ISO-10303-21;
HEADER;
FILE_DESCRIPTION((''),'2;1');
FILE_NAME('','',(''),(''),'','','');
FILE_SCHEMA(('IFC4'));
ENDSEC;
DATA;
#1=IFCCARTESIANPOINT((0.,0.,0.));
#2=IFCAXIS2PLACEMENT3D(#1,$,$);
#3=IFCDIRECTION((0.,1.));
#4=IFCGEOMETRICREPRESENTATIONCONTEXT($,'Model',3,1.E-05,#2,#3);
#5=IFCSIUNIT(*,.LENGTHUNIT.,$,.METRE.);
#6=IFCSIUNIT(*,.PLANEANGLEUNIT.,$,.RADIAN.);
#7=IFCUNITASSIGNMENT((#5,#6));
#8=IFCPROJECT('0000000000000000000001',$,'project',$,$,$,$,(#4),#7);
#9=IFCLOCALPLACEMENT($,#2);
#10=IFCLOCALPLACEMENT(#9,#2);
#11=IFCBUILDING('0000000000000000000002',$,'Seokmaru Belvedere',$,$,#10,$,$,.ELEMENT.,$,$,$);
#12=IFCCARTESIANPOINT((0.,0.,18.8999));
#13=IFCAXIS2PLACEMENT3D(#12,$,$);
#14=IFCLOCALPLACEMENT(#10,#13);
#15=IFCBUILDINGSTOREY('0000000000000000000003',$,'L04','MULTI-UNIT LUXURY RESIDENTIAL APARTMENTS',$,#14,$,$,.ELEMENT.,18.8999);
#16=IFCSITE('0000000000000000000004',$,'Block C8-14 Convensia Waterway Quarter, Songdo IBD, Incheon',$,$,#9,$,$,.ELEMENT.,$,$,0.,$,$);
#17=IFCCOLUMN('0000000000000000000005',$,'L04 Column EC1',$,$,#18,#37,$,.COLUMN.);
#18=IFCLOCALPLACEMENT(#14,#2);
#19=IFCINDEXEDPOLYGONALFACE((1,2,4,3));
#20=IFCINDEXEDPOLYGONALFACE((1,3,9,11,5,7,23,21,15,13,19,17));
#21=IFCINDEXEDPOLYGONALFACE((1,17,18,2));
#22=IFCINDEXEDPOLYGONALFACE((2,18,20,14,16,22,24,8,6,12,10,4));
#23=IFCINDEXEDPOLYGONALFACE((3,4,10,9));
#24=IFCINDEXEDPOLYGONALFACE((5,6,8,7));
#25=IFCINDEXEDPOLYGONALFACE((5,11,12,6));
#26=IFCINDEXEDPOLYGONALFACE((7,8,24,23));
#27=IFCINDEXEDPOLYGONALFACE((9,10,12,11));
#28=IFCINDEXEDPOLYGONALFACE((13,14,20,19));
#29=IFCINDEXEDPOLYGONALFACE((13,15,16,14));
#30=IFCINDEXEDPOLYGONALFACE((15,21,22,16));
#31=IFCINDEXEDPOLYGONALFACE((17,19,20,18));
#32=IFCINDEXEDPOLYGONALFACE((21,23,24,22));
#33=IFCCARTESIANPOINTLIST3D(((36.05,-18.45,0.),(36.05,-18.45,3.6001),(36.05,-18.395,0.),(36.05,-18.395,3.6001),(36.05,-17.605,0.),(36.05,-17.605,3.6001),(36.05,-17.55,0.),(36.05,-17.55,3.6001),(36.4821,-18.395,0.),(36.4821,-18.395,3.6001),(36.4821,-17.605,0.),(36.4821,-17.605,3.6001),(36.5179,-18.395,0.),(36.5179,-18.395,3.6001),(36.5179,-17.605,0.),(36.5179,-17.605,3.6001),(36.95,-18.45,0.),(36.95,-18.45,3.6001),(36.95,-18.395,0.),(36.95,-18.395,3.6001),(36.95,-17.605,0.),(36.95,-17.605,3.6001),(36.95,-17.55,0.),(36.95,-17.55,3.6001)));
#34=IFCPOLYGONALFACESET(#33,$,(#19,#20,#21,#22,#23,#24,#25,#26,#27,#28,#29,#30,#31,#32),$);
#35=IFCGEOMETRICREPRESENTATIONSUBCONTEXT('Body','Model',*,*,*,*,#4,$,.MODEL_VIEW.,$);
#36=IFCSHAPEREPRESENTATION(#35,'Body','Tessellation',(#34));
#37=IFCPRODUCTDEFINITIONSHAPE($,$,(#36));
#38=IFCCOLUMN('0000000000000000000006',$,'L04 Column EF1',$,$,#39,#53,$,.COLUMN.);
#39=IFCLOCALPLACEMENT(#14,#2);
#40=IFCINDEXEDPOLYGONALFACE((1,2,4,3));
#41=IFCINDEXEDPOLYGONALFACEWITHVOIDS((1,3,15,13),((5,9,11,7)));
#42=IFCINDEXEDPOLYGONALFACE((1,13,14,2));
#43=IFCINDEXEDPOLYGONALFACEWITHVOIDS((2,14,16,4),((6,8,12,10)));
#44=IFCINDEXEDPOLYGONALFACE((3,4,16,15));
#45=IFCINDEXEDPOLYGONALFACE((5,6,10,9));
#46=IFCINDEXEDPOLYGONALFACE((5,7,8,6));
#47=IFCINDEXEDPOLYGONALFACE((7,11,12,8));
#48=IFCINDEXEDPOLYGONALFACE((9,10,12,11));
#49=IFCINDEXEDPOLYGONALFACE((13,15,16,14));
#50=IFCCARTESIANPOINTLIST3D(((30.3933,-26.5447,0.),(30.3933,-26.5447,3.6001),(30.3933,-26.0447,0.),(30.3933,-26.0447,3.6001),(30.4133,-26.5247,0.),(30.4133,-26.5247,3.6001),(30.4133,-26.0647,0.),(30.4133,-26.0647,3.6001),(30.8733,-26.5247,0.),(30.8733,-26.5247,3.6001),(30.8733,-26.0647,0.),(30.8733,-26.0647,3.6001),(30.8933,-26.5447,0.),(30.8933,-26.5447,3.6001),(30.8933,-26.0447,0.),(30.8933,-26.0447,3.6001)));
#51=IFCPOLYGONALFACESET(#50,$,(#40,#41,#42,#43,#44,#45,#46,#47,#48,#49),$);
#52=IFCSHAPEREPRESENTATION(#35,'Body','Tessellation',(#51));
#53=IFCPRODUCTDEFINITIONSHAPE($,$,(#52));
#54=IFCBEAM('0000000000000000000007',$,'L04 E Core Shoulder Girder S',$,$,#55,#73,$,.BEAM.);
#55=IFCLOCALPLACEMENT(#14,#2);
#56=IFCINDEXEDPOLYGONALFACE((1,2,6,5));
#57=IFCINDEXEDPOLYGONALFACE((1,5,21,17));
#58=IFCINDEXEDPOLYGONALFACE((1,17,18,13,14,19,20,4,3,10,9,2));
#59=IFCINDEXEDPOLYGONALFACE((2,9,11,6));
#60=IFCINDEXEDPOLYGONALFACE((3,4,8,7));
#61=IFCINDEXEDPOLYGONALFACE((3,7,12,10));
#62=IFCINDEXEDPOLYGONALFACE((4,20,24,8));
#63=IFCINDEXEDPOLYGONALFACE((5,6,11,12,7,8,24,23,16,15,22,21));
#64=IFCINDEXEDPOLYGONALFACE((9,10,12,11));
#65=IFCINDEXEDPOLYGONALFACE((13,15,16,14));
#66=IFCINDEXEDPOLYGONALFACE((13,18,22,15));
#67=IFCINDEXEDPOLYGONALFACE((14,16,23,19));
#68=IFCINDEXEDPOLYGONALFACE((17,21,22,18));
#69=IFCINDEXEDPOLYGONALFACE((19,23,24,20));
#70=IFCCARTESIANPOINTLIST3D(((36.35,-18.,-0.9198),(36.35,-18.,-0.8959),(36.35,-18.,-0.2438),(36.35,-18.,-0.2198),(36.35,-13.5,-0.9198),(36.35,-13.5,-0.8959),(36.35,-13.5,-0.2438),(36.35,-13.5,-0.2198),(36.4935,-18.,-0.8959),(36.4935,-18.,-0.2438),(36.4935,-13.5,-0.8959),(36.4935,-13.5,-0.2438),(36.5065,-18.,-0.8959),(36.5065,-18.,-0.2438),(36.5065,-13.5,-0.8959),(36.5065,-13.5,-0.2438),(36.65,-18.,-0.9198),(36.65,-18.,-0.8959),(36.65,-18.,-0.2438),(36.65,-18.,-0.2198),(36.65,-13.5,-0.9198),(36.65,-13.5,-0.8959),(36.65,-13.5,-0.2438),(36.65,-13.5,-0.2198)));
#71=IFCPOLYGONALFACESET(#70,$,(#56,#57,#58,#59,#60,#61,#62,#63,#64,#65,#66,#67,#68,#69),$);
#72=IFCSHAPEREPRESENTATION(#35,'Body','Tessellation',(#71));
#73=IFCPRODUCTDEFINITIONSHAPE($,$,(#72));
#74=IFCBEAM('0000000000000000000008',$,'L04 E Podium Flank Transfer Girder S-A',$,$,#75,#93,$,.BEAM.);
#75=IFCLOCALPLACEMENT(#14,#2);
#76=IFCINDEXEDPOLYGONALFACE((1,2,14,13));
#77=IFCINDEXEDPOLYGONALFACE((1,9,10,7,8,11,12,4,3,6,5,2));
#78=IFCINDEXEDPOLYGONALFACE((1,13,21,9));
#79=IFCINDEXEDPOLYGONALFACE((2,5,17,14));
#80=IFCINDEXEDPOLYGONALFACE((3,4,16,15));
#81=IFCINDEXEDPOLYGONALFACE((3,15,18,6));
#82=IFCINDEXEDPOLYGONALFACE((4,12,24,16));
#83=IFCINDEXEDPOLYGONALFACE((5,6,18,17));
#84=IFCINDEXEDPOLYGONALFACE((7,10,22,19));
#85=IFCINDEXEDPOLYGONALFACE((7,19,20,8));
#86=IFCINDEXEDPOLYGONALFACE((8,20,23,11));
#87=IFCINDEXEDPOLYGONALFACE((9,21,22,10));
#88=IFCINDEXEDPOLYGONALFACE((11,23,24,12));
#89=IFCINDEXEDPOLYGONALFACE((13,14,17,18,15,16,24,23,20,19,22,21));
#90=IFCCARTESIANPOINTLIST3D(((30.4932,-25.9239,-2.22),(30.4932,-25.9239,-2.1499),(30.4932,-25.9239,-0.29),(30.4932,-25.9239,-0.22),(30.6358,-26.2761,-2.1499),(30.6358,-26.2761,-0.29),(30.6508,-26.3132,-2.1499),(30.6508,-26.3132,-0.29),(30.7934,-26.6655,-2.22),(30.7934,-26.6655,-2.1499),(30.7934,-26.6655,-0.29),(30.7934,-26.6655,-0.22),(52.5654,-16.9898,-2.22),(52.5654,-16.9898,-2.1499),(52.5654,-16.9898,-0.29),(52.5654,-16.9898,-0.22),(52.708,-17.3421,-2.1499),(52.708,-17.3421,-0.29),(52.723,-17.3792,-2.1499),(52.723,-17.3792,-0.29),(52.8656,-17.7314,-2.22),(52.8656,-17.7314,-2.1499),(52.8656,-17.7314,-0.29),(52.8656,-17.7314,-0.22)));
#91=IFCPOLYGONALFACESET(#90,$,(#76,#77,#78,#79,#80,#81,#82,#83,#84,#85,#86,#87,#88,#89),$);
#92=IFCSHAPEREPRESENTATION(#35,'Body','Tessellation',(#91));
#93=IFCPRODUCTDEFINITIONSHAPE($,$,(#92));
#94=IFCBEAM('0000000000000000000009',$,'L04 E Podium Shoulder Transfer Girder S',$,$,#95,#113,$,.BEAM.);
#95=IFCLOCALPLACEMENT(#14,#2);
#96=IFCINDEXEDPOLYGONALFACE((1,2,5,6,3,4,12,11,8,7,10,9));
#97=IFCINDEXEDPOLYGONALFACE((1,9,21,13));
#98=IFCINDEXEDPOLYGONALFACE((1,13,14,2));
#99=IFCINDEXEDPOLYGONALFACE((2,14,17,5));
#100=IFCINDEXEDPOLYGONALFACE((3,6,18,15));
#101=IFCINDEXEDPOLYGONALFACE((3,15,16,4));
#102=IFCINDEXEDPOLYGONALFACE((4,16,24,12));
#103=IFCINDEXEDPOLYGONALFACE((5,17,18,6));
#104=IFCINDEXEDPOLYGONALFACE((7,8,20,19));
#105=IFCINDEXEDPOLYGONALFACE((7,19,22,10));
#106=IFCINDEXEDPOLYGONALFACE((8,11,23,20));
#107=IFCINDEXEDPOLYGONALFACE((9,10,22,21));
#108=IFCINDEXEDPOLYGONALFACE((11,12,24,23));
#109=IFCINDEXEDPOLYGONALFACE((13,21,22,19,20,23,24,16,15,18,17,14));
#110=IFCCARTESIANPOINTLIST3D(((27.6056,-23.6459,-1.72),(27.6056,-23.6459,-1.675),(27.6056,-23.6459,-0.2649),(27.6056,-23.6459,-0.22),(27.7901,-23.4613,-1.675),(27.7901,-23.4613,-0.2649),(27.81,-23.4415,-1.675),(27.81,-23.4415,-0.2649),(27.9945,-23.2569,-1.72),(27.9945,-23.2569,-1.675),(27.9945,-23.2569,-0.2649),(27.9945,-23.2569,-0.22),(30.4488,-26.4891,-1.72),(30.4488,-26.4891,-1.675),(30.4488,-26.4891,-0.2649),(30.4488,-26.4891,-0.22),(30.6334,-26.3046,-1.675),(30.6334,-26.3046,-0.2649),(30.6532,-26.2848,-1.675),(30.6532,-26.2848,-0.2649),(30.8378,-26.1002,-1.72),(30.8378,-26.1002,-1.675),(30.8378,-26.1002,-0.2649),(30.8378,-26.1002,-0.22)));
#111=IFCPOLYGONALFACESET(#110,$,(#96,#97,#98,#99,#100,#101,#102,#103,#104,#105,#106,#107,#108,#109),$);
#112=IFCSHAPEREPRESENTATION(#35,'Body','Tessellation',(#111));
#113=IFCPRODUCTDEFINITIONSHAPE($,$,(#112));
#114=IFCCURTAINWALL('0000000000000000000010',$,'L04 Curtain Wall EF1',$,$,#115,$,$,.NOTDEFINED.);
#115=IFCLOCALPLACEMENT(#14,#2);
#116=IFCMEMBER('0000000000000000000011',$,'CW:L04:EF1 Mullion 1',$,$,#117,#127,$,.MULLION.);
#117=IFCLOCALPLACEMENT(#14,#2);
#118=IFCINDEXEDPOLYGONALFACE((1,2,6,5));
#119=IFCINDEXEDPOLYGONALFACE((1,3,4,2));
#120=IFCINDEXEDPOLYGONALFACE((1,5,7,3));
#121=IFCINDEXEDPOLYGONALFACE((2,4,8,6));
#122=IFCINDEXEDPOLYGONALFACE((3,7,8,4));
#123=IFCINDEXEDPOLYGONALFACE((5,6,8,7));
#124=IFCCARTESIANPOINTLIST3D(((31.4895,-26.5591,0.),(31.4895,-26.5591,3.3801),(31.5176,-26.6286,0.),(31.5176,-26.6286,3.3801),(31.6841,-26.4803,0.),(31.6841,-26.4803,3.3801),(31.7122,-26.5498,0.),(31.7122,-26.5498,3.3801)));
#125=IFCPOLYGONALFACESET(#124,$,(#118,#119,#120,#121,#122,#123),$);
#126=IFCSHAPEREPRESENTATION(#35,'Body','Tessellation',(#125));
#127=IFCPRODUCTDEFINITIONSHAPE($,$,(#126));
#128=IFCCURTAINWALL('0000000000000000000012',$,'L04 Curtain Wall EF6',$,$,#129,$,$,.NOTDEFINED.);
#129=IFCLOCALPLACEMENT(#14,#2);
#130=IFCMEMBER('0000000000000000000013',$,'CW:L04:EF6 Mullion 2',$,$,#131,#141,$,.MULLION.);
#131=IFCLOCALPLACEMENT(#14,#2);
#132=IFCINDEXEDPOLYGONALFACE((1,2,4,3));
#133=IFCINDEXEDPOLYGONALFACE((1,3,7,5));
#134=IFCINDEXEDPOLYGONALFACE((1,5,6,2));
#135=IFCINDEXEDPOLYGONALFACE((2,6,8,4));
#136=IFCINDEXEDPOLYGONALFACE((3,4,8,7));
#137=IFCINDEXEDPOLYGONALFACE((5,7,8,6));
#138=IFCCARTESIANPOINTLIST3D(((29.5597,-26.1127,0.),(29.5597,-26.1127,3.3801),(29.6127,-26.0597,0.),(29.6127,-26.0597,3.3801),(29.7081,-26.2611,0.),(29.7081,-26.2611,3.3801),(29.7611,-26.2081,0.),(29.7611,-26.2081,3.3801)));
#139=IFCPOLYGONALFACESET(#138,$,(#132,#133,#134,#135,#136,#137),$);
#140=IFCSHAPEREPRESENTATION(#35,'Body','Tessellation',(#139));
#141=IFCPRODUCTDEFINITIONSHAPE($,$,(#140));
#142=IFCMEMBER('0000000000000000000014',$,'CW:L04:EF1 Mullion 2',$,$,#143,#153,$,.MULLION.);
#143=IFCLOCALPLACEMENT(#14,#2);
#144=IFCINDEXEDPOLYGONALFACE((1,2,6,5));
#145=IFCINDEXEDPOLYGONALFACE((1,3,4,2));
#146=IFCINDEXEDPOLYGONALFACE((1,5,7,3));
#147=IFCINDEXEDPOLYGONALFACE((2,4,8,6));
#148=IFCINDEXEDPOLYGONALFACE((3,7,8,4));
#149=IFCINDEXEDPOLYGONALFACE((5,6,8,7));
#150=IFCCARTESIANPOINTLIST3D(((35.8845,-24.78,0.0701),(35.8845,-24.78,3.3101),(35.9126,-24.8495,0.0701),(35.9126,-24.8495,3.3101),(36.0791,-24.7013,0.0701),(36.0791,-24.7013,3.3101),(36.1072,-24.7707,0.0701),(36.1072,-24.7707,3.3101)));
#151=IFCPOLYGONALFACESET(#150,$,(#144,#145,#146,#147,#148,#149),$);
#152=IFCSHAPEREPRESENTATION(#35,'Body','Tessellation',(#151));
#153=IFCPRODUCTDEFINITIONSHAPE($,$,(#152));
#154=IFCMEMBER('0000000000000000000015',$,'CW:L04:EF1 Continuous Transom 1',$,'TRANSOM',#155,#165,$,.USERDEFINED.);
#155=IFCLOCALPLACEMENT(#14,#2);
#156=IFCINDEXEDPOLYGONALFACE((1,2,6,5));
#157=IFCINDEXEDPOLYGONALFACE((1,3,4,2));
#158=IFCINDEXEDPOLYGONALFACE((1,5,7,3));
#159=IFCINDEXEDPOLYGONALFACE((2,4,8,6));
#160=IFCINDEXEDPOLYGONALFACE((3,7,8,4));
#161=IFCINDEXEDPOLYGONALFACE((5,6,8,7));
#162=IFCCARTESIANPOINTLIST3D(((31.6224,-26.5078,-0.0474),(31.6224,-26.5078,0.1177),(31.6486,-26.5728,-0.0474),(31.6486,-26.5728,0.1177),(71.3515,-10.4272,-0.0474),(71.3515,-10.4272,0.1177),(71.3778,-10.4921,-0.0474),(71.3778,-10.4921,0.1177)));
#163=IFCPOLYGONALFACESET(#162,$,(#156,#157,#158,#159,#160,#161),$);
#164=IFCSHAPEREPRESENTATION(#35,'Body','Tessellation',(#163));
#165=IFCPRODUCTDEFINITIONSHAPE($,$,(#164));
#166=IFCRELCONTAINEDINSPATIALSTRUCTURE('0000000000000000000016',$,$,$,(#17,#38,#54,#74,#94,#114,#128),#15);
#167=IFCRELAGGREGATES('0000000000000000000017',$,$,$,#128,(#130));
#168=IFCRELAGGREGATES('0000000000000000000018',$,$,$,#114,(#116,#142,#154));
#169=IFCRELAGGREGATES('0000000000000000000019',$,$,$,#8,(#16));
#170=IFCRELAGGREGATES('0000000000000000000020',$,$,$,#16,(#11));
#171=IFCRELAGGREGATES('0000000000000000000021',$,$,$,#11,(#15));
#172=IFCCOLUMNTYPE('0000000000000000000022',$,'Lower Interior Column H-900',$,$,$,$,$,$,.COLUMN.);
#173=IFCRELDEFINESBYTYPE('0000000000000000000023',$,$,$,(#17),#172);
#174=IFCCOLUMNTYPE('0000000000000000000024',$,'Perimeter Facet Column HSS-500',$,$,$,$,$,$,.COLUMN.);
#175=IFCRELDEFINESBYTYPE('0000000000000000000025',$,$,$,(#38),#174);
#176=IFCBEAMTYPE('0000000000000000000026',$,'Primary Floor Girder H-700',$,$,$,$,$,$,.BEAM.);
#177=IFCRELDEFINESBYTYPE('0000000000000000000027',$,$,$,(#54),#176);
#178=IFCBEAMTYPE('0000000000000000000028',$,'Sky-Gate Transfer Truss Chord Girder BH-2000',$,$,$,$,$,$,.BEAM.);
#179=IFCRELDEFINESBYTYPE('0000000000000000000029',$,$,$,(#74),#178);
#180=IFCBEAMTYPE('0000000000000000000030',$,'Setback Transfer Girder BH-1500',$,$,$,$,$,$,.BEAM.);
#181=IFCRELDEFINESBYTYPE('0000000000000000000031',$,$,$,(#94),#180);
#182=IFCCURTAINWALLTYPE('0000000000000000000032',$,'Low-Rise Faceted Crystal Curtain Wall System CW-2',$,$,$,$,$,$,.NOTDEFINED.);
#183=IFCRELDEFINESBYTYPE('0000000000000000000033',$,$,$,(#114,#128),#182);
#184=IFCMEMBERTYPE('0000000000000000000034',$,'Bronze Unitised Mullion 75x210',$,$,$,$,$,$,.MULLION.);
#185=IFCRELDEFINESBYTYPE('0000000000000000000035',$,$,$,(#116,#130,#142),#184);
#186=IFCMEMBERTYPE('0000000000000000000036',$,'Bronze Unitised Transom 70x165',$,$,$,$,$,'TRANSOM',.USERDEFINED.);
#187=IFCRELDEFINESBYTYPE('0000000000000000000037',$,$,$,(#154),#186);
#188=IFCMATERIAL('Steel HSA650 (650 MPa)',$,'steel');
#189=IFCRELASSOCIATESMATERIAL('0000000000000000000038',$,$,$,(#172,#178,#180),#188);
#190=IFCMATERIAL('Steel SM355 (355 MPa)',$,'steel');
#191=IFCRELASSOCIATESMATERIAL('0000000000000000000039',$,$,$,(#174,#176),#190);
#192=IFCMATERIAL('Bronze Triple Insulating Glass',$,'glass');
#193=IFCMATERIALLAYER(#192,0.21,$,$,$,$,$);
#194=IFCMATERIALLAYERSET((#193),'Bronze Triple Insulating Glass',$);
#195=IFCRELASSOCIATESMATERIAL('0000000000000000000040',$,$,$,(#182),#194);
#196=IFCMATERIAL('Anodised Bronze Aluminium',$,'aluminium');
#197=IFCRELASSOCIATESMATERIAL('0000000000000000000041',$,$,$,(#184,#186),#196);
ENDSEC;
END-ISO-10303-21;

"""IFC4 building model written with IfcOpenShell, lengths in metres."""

from ifc_helpers import new_model, si_unit, direction, frame, origin, origin_2d, place, context, subcontext, project, spatial, rectangle, hollow_rectangle, i_section, extrude, source, transform, mapped, material, layer, layer_set, material_profile, profile_set, type_object, type_shapes, element, aggregate, save


model = new_model("IFC4")

# Units and contexts
model_context = context("Model", 3, precision=1e-05, world=origin(), true_north=direction((0.0, 1.0)))
body_context = subcontext(model_context, "Body", "Model", "MODEL_VIEW")
ifc_project = project(units=[si_unit("LENGTHUNIT", "METRE"), si_unit("PLANEANGLEUNIT", "RADIAN")], contexts=[model_context])

# Site, building, storey
site_placement = place(None, origin())
site = spatial("IfcSite", under=ifc_project, at=site_placement, Name="Block C8-14 Convensia Waterway Quarter, Songdo IBD, Incheon", CompositionType="ELEMENT", RefElevation=0.0)
building_placement = place(site_placement, origin())
building = spatial("IfcBuilding", under=site, at=building_placement, Name="Seokmaru Belvedere", CompositionType="ELEMENT")
storey_placement = place(building_placement, frame((0.0, 0.0, 18.8999)))
storey = spatial("IfcBuildingStorey", under=building, at=storey_placement, Name="L04", Description="MULTI-UNIT LUXURY RESIDENTIAL APARTMENTS", CompositionType="ELEMENT", Elevation=18.8999)

# Columns
ifc_material_1 = material(Name="Steel HSA650 (650 MPa)", Category="steel")
ifc_material_profile_1 = material_profile(ifc_material_1, i_section(OverallWidth=0.8999, OverallDepth=0.8999, WebThickness=0.0359, FlangeThickness=0.0549, at=origin_2d()), Name="H-900x900x36x55")
ifc_profile_set_1 = profile_set([ifc_material_profile_1], Name="Steel HSA650 (650 MPa)")
column_type_1 = type_object("IfcColumnType", Name="Lower Interior Column H-900", PredefinedType="COLUMN", material=ifc_profile_set_1)
shared_shape_1 = source(origin(), body_context, "Body", "SweptSolid", [
    extrude(i_section(OverallWidth=0.8999, OverallDepth=0.8999, WebThickness=0.0359, FlangeThickness=0.0549, at=origin_2d()), origin(), (0.0, 0.0, 1.0), 3.6001),
])
type_shapes(column_type_1, [shared_shape_1])
column_1_placement = place(storey_placement, frame((36.5, -18.0, 0.0), z_axis=(0.0, 0.0, 1.0), x_axis=(1.0, 0.0, 0.0)))
element("IfcColumn", 1, at=column_1_placement, inside=storey, type_object=column_type_1, Name="L04 Column EC1", PredefinedType="COLUMN", context=body_context, shape_type="MappedRepresentation", body=[
    mapped(shared_shape_1, transform((0.0, 0.0, 0.0), scale=1.0)),
])
ifc_material_2 = material(Name="Steel SM355 (355 MPa)", Category="steel")
ifc_material_profile_2 = material_profile(ifc_material_2, hollow_rectangle(XDim=0.5, YDim=0.5, WallThickness=0.02, at=origin_2d()), Name="HSS-500x500x20")
ifc_profile_set_2 = profile_set([ifc_material_profile_2], Name="Steel SM355 (355 MPa)")
column_type_2 = type_object("IfcColumnType", Name="Perimeter Facet Column HSS-500", PredefinedType="COLUMN", material=ifc_profile_set_2)
shared_shape_2 = source(origin(), body_context, "Body", "SweptSolid", [
    extrude(hollow_rectangle(XDim=0.5, YDim=0.5, WallThickness=0.02, at=origin_2d()), origin(), (0.0, 0.0, 1.0), 3.6001),
])
type_shapes(column_type_2, [shared_shape_2])
column_2_placement = place(storey_placement, frame((30.6433, -26.2947, 0.0), z_axis=(0.0, 0.0, 1.0), x_axis=(1.0, 0.0, 0.0)))
element("IfcColumn", 2, at=column_2_placement, inside=storey, type_object=column_type_2, Name="L04 Column EF1", PredefinedType="COLUMN", context=body_context, shape_type="MappedRepresentation", body=[
    mapped(shared_shape_2, transform((0.0, 0.0, 0.0), scale=1.0)),
])

# Beams
ifc_material_profile_3 = material_profile(ifc_material_2, i_section(OverallWidth=0.3, OverallDepth=0.7, WebThickness=0.0129, FlangeThickness=0.0239, at=origin_2d()), Name="H-700x300x13x24")
ifc_profile_set_3 = profile_set([ifc_material_profile_3], Name="Steel SM355 (355 MPa)")
beam_type_1 = type_object("IfcBeamType", Name="Primary Floor Girder H-700", PredefinedType="BEAM", material=ifc_profile_set_3)
shared_shape_3 = source(origin(), body_context, "Body", "SweptSolid", [
    extrude(i_section(OverallWidth=0.3, OverallDepth=0.7, WebThickness=0.0129, FlangeThickness=0.0239, at=origin_2d()), origin(), (0.0, 0.0, 1.0), 4.5),
])
type_shapes(beam_type_1, [shared_shape_3])
beam_1_placement = place(storey_placement, frame((36.5, -18.0, -0.5698), z_axis=(0.0, 1.0, 0.0), x_axis=(-1.0, 0.0, 0.0)))
element("IfcBeam", 3, at=beam_1_placement, inside=storey, type_object=beam_type_1, Name="L04 E Core Shoulder Girder S", PredefinedType="BEAM", context=body_context, shape_type="MappedRepresentation", body=[
    mapped(shared_shape_3, transform((0.0, 0.0, 0.0), scale=1.0)),
])
ifc_material_profile_4 = material_profile(ifc_material_1, i_section(OverallWidth=0.8, OverallDepth=2.0, WebThickness=0.04, FlangeThickness=0.0701, at=origin_2d()), Name="BH-2000x800x40x70")
ifc_profile_set_4 = profile_set([ifc_material_profile_4], Name="Steel HSA650 (650 MPa)")
beam_type_2 = type_object("IfcBeamType", Name="Sky-Gate Transfer Truss Chord Girder BH-2000", PredefinedType="BEAM", material=ifc_profile_set_4)
shared_shape_4 = source(origin(), body_context, "Body", "SweptSolid", [
    extrude(i_section(OverallWidth=0.8, OverallDepth=2.0, WebThickness=0.04, FlangeThickness=0.0701, at=origin_2d()), origin(), (0.0, 0.0, 1.0), 23.8118),
])
type_shapes(beam_type_2, [shared_shape_4])
beam_2_placement = place(storey_placement, frame((30.6433, -26.2947, -1.22), z_axis=(0.926946, 0.375195, 0.0), x_axis=(-0.375195, 0.926946, 0.0)))
element("IfcBeam", 4, at=beam_2_placement, inside=storey, type_object=beam_type_2, Name="L04 E Podium Flank Transfer Girder S-A", PredefinedType="BEAM", context=body_context, shape_type="MappedRepresentation", body=[
    mapped(shared_shape_4, transform((0.0, 0.0, 0.0), scale=1.0)),
])
ifc_material_profile_5 = material_profile(ifc_material_1, i_section(OverallWidth=0.55, OverallDepth=1.5, WebThickness=0.0281, FlangeThickness=0.0449, at=origin_2d()), Name="BH-1500x550x28x45")
ifc_profile_set_5 = profile_set([ifc_material_profile_5], Name="Steel HSA650 (650 MPa)")
beam_type_3 = type_object("IfcBeamType", Name="Setback Transfer Girder BH-1500", PredefinedType="BEAM", material=ifc_profile_set_5)
shared_shape_5 = source(origin(), body_context, "Body", "SweptSolid", [
    extrude(i_section(OverallWidth=0.55, OverallDepth=1.5, WebThickness=0.0281, FlangeThickness=0.0449, at=origin_2d()), origin(), (0.0, 0.0, 1.0), 4.021),
])
type_shapes(beam_type_3, [shared_shape_5])
beam_3_placement = place(storey_placement, frame((30.6433, -26.2947, -0.97), z_axis=(-0.707107, 0.707107, 0.0), x_axis=(-0.707107, -0.707107, 0.0)))
element("IfcBeam", 5, at=beam_3_placement, inside=storey, type_object=beam_type_3, Name="L04 E Podium Shoulder Transfer Girder S", PredefinedType="BEAM", context=body_context, shape_type="MappedRepresentation", body=[
    mapped(shared_shape_5, transform((0.0, 0.0, 0.0), scale=1.0)),
])

# Curtain walls, members
ifc_material_3 = material(Name="Bronze Triple Insulating Glass", Category="glass")
ifc_layer_1 = layer(ifc_material_3, 0.21)
ifc_layer_set_1 = layer_set([ifc_layer_1], Name="Bronze Triple Insulating Glass")
curtain_wall_type = type_object("IfcCurtainWallType", Name="Low-Rise Faceted Crystal Curtain Wall System CW-2", PredefinedType="NOTDEFINED", material=ifc_layer_set_1)
curtain_wall_1_placement = place(storey_placement, origin())
curtain_wall_1 = element("IfcCurtainWall", 6, at=curtain_wall_1_placement, inside=storey, type_object=curtain_wall_type, Name="L04 Curtain Wall EF1", PredefinedType="NOTDEFINED")
ifc_material_4 = material(Name="Anodised Bronze Aluminium", Category="aluminium")
ifc_material_profile_6 = material_profile(ifc_material_4, rectangle(XDim=0.075, YDim=0.21, at=origin_2d()), Name="CW-M-75x210")
ifc_profile_set_6 = profile_set([ifc_material_profile_6], Name="Anodised Bronze Aluminium")
member_type_1 = type_object("IfcMemberType", Name="Bronze Unitised Mullion 75x210", PredefinedType="MULLION", material=ifc_profile_set_6)
shared_shape_6 = source(origin(), body_context, "Body", "SweptSolid", [
    extrude(rectangle(XDim=0.075, YDim=0.21, at=origin_2d()), origin(), (0.0, 0.0, 1.0), 3.3801),
])
member_1_placement = place(storey_placement, frame((31.6008, -26.5544, 0.0), z_axis=(0.0, 0.0, 1.0), x_axis=(-0.375192, 0.926947, 0.0)))
member_1 = element("IfcMember", 7, at=member_1_placement, type_object=member_type_1, Name="CW:L04:EF1 Mullion 1", PredefinedType="MULLION", context=body_context, shape_type="MappedRepresentation", body=[
    mapped(shared_shape_6, transform((0.0, 0.0, 0.0), scale=1.0)),
])
curtain_wall_2_placement = place(storey_placement, origin())
curtain_wall_2 = element("IfcCurtainWall", 8, at=curtain_wall_2_placement, inside=storey, type_object=curtain_wall_type, Name="L04 Curtain Wall EF6", PredefinedType="NOTDEFINED")
member_2_placement = place(storey_placement, frame((29.6604, -26.1604, 0.0), z_axis=(0.0, 0.0, 1.0), x_axis=(0.707107, 0.707107, 0.0)))
member_2 = element("IfcMember", 9, at=member_2_placement, type_object=member_type_1, Name="CW:L04:EF6 Mullion 2", PredefinedType="MULLION", context=body_context, shape_type="MappedRepresentation", body=[
    mapped(shared_shape_6, transform((0.0, 0.0, 0.0), scale=1.0)),
])
aggregate(curtain_wall_2, [member_2])

# Members
shared_shape_7 = source(origin(), body_context, "Body", "SweptSolid", [
    extrude(rectangle(XDim=0.075, YDim=0.21, at=origin_2d()), origin(), (0.0, 0.0, 1.0), 3.24),
])
type_shapes(member_type_1, [shared_shape_6, shared_shape_7])
member_3_placement = place(storey_placement, frame((35.9958, -24.7754, 0.0701), z_axis=(0.0, 0.0, 1.0), x_axis=(-0.375192, 0.926947, 0.0)))
member_3 = element("IfcMember", 10, at=member_3_placement, type_object=member_type_1, Name="CW:L04:EF1 Mullion 2", PredefinedType="MULLION", context=body_context, shape_type="MappedRepresentation", body=[
    mapped(shared_shape_7, transform((0.0, 0.0, 0.0), scale=1.0)),
])
ifc_material_profile_7 = material_profile(ifc_material_4, rectangle(XDim=0.0701, YDim=0.165, at=origin_2d()), Name="CW-T-70x165")
ifc_profile_set_7 = profile_set([ifc_material_profile_7], Name="Anodised Bronze Aluminium")
member_type_2 = type_object("IfcMemberType", Name="Bronze Unitised Transom 70x165", ElementType="TRANSOM", PredefinedType="USERDEFINED", material=ifc_profile_set_7)
shared_shape_8 = source(origin(), body_context, "Body", "SweptSolid", [
    extrude(rectangle(XDim=0.0701, YDim=0.165, at=origin_2d()), origin(), (0.0, 0.0, 1.0), 42.8601),
])
type_shapes(member_type_2, [shared_shape_8])
member_4_placement = place(storey_placement, frame((31.6355, -26.5403, 0.0352), z_axis=(0.926949, 0.375188, 0.0), x_axis=(-0.375188, 0.926949, 0.0)))
member_4 = element("IfcMember", 11, at=member_4_placement, type_object=member_type_2, Name="CW:L04:EF1 Continuous Transom 1", ObjectType="TRANSOM", PredefinedType="USERDEFINED", context=body_context, shape_type="MappedRepresentation", body=[
    mapped(shared_shape_8, transform((0.0, 0.0, 0.0), scale=1.0)),
])

aggregate(curtain_wall_1, [member_1, member_3, member_4])

save(model, "model.ifc")
